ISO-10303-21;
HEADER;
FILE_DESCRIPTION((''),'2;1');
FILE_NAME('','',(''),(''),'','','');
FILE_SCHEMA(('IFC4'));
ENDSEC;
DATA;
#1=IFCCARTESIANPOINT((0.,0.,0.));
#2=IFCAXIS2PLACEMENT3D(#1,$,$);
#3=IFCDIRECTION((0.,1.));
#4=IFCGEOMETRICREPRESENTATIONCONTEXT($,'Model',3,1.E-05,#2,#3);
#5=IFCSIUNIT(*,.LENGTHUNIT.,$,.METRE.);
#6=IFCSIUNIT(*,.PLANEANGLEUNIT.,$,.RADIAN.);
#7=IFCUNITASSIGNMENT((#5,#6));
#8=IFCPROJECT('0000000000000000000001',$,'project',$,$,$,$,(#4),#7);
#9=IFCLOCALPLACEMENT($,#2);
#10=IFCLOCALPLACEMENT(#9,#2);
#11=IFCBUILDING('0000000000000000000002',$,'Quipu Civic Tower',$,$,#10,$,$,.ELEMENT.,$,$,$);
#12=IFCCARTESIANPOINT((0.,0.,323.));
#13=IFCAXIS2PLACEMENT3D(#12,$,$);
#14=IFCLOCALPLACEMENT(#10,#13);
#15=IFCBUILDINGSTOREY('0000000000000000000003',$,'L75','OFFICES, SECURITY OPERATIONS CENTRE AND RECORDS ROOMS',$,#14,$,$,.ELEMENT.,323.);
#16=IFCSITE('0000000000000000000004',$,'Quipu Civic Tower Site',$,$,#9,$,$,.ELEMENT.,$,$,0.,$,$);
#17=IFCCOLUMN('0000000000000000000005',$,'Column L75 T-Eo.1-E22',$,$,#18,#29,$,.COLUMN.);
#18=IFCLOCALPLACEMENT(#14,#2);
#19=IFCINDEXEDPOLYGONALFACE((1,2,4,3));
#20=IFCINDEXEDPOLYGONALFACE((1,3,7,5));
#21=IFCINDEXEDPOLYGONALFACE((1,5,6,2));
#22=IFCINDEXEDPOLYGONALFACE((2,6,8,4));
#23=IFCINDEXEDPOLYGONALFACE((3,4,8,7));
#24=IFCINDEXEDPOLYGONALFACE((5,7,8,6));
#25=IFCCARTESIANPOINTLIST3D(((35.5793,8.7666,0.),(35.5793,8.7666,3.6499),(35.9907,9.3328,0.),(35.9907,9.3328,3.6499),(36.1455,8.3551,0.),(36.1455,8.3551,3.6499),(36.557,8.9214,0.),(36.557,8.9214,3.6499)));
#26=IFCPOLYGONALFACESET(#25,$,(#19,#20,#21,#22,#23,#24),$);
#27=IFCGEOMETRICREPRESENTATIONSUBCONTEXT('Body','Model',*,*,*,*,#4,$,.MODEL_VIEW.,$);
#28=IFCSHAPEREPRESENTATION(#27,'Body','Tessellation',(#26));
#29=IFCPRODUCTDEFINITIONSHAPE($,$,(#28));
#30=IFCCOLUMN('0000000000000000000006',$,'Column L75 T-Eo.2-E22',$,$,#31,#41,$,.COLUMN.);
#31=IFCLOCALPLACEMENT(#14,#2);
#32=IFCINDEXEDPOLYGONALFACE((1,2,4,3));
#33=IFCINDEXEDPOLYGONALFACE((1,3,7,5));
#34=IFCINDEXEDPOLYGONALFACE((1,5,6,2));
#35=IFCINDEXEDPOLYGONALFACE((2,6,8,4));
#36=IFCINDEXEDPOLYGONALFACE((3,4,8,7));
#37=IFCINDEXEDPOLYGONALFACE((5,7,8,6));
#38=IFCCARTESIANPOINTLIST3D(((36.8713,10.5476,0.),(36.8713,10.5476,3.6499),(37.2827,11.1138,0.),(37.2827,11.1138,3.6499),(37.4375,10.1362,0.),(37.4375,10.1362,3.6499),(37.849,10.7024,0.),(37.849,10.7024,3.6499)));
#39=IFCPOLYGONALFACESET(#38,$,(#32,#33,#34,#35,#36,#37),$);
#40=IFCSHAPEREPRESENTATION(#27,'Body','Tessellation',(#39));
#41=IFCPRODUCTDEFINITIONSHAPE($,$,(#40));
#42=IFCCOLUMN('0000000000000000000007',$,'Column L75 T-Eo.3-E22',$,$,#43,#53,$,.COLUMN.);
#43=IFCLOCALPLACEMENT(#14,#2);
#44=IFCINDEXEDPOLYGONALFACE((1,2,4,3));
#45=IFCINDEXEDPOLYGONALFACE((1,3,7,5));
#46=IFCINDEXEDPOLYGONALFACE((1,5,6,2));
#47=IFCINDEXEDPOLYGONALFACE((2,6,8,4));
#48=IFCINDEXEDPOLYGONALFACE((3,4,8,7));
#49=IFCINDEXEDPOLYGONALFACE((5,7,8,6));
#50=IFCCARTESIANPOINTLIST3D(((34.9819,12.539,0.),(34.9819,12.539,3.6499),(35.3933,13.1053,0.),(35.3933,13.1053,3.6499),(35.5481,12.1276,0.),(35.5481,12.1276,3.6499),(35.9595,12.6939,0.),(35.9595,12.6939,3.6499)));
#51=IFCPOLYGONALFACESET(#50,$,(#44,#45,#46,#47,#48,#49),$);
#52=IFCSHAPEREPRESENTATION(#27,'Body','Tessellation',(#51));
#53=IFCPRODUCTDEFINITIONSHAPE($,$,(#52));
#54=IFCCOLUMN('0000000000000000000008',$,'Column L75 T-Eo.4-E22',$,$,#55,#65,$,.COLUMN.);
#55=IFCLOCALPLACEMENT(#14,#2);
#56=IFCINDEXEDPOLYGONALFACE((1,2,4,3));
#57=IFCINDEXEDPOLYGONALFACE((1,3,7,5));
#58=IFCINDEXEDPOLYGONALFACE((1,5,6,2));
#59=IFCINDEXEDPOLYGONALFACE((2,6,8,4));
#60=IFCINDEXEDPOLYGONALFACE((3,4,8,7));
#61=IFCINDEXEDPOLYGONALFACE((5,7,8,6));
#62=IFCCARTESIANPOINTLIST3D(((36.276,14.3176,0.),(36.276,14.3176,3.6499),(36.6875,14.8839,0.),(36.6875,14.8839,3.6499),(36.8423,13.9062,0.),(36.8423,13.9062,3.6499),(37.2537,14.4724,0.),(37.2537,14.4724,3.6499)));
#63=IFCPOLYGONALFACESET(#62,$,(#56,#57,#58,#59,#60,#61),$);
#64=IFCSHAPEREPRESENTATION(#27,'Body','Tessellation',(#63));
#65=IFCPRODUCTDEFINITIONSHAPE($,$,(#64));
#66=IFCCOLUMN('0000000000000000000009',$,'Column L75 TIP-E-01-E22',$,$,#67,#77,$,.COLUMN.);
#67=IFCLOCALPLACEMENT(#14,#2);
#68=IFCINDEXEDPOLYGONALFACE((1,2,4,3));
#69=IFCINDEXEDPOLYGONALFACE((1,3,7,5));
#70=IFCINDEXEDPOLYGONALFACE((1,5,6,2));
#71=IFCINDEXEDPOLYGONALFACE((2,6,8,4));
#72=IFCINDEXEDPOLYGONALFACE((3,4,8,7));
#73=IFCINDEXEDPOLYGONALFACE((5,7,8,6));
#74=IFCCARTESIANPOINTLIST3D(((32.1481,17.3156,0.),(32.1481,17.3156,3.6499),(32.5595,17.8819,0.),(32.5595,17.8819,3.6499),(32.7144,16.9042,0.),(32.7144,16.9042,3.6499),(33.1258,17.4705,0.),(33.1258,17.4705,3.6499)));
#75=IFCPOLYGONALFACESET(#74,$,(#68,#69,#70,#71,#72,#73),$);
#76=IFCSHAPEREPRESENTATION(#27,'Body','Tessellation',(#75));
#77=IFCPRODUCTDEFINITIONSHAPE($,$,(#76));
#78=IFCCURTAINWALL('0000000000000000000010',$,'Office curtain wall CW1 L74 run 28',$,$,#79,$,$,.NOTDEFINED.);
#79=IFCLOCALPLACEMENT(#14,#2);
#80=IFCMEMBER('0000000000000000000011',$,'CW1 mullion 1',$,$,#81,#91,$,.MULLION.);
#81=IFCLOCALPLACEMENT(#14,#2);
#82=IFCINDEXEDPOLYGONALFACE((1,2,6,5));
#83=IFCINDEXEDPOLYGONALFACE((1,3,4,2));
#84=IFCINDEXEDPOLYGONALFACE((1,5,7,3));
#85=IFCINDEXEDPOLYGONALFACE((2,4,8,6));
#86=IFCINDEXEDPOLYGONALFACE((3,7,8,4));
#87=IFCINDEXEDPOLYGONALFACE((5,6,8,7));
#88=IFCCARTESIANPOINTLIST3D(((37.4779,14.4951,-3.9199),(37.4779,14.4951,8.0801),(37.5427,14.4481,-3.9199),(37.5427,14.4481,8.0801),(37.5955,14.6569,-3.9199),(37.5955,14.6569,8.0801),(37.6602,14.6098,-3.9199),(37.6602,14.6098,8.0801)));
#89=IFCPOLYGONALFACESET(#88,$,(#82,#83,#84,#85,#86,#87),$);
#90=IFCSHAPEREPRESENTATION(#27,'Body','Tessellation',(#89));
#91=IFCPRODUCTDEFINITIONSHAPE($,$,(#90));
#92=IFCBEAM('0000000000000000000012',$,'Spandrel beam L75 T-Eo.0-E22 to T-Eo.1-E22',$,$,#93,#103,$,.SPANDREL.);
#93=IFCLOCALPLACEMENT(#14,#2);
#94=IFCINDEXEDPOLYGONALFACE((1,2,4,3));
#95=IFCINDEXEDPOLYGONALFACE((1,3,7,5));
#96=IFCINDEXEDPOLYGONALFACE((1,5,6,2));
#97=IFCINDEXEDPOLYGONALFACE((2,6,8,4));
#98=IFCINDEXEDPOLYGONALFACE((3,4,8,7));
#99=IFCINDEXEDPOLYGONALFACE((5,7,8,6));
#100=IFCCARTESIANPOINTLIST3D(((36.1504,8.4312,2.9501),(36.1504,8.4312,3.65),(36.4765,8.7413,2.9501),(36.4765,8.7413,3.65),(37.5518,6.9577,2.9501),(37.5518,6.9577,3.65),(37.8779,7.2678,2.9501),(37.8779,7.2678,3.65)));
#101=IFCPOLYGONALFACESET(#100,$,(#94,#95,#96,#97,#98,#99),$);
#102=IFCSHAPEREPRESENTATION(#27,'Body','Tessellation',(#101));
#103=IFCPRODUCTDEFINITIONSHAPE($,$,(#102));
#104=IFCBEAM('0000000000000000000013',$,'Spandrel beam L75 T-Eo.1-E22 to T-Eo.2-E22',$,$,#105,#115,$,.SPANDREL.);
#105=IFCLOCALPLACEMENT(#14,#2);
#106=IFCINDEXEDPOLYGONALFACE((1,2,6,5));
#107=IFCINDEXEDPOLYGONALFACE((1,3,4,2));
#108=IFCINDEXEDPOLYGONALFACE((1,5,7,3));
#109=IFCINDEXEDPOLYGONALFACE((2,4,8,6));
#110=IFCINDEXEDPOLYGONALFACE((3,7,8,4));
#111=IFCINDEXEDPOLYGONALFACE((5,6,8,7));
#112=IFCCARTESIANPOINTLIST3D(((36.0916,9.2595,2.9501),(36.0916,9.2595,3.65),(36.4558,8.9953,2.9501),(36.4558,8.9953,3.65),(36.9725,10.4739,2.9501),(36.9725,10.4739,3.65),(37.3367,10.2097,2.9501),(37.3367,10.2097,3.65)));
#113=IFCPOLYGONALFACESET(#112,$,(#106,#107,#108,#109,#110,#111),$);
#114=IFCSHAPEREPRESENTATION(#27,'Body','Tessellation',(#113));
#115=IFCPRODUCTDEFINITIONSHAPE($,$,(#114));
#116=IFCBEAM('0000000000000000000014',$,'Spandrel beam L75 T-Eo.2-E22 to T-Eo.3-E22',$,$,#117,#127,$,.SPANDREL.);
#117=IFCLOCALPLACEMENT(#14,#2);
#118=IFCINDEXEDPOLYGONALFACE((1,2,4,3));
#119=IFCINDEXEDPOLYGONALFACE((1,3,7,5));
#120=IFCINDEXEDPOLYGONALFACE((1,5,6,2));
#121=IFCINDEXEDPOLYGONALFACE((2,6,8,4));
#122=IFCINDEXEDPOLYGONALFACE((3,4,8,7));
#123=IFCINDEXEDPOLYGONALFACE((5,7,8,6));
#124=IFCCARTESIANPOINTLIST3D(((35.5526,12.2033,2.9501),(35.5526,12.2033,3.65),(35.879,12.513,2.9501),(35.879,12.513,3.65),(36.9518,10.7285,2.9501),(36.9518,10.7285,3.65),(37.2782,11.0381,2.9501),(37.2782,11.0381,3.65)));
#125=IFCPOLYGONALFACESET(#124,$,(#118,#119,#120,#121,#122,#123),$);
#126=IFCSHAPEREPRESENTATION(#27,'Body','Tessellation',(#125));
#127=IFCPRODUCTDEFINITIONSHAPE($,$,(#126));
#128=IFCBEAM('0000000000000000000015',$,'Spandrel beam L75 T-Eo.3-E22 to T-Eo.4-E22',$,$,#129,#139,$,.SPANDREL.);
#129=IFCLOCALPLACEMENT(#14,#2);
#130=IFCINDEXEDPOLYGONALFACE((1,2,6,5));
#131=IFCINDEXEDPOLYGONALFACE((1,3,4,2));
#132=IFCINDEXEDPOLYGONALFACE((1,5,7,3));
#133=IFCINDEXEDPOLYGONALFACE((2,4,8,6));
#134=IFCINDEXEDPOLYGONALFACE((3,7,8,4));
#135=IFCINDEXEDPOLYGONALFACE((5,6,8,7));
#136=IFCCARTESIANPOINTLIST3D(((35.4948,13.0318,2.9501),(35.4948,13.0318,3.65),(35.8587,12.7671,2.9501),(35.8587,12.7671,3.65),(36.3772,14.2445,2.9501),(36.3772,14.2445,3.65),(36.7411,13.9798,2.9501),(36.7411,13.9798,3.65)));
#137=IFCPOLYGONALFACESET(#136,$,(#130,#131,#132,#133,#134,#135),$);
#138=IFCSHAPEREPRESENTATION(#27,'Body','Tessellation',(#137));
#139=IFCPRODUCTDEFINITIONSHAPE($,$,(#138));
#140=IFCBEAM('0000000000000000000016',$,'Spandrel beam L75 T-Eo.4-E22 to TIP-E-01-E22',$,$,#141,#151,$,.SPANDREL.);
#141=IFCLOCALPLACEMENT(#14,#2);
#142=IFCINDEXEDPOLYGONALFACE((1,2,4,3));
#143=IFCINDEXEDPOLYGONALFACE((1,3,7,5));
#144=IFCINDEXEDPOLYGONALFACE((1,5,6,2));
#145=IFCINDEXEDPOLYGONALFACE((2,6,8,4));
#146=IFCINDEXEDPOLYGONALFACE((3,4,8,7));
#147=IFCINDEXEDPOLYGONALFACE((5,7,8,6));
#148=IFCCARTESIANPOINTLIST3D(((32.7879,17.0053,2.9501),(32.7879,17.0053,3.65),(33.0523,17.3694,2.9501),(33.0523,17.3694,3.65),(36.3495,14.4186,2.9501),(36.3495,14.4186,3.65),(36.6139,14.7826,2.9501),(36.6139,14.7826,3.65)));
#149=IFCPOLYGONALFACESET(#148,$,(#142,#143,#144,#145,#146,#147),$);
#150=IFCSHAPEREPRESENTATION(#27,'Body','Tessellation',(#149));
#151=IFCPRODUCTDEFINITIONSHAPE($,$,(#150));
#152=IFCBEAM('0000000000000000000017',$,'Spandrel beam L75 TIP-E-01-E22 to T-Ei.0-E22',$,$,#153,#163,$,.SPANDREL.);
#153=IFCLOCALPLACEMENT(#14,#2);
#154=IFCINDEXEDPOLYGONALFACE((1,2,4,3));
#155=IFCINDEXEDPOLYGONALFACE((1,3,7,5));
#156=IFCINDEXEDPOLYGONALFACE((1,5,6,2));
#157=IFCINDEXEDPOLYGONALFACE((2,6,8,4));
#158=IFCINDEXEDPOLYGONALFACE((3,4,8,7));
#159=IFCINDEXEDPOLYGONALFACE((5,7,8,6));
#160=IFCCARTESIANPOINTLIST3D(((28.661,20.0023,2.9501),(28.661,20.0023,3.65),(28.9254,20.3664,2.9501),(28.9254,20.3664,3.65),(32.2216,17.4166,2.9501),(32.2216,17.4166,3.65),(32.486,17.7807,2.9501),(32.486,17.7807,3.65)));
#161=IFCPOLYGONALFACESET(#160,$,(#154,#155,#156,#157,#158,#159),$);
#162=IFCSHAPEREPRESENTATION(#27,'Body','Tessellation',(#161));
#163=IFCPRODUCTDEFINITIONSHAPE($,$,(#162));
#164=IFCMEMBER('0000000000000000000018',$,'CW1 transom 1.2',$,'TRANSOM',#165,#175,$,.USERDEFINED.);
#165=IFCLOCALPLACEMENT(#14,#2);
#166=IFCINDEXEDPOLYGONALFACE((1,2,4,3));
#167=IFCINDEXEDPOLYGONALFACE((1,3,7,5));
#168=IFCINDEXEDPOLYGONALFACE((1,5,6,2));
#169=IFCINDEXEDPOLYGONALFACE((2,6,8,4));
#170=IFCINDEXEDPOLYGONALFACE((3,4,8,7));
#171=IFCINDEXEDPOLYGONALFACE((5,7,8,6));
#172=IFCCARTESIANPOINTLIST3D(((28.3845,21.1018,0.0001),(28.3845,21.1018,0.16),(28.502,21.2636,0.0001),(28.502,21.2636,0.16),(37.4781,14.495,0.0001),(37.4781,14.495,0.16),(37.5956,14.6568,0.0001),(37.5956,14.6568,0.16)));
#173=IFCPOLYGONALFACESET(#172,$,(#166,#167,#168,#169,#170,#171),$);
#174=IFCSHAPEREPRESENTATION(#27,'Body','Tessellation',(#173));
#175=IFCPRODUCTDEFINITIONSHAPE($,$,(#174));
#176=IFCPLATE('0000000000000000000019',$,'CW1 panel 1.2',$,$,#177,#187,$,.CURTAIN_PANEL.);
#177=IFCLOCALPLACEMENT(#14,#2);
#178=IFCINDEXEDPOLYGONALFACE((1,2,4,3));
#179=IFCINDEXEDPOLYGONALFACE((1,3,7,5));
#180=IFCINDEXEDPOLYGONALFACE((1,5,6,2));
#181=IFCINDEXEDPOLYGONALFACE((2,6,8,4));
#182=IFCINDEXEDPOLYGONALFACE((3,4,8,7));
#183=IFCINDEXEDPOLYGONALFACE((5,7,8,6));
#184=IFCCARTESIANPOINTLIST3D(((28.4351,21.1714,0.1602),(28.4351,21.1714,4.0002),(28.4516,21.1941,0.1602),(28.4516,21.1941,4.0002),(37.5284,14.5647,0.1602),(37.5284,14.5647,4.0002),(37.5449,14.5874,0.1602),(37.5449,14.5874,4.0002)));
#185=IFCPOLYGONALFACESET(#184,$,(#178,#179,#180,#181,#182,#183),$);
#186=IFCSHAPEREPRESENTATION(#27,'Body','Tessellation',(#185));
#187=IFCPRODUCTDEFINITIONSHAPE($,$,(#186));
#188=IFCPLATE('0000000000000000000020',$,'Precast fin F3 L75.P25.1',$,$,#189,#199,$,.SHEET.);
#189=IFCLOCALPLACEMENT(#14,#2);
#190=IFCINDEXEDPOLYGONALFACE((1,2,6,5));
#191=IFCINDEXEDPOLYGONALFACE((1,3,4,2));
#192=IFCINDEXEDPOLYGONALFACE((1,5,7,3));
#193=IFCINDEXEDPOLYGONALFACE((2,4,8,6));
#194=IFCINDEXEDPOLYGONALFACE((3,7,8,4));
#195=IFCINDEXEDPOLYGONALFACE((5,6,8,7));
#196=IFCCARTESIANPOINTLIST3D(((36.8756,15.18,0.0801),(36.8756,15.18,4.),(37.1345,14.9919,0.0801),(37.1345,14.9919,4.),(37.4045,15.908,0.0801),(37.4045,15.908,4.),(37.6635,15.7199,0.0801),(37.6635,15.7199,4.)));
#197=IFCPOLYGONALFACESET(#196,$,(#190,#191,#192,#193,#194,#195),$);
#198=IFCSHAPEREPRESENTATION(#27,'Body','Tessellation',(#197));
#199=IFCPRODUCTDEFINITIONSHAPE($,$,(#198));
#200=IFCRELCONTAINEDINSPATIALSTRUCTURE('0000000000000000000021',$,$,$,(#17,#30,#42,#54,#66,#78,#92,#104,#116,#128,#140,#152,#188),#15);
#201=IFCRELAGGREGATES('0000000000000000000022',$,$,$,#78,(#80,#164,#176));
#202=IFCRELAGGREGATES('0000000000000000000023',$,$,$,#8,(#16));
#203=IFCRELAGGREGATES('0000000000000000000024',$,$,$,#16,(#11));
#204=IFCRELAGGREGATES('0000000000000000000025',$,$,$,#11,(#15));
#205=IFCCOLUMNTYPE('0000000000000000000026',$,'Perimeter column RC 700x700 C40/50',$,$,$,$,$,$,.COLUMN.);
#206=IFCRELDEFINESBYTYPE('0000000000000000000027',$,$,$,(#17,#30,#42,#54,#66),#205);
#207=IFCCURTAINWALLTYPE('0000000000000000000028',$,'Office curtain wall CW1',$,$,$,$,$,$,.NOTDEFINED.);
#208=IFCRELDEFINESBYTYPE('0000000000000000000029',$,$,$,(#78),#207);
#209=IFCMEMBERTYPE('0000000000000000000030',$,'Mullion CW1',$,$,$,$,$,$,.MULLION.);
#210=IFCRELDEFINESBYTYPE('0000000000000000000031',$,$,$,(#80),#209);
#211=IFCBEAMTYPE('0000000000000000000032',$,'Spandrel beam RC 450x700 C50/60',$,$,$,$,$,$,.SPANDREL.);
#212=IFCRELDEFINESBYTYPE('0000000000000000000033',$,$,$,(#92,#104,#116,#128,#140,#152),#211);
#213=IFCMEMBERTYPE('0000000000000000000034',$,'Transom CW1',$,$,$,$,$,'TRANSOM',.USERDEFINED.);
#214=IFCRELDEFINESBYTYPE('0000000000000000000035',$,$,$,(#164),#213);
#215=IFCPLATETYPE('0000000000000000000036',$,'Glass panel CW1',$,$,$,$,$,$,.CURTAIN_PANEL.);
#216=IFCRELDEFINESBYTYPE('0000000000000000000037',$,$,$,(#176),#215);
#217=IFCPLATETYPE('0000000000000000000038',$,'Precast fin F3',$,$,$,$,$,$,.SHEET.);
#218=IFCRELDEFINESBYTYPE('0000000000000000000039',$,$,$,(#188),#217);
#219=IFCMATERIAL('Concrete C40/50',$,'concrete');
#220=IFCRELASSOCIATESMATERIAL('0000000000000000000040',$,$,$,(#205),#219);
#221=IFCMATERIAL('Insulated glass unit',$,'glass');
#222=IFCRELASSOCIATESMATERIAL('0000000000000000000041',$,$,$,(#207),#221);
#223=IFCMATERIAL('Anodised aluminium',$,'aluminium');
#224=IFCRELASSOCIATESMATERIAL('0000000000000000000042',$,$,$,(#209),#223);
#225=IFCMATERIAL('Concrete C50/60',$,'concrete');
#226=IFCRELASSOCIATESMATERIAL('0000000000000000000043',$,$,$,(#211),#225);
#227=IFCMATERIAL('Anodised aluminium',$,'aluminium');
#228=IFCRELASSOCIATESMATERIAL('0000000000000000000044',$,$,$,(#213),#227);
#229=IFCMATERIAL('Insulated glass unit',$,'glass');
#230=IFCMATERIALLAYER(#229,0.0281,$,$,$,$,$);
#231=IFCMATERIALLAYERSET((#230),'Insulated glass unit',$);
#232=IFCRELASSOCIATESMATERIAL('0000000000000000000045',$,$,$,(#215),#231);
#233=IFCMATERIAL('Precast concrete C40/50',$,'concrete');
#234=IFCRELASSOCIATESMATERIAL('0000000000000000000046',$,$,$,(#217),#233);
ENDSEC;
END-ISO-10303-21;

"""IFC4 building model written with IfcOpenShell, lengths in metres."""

from ifc_helpers import new_model, si_unit, direction, frame, origin, origin_2d, place, context, subcontext, project, spatial, rectangle, extrude, material, layer, layer_set, material_profile, profile_set, type_object, element, aggregate, save


model = new_model("IFC4")

# Units and contexts
model_context = context("Model", 3, precision=1e-05, world=origin(), true_north=direction((0.0, 1.0)))
body_context = subcontext(model_context, "Body", "Model", "MODEL_VIEW")
ifc_project = project(units=[si_unit("LENGTHUNIT", "METRE"), si_unit("PLANEANGLEUNIT", "RADIAN")], contexts=[model_context])

# Site, building, storey
site_placement = place(None, origin())
site = spatial("IfcSite", under=ifc_project, at=site_placement, Name="Quipu Civic Tower Site", CompositionType="ELEMENT", RefElevation=0.0)
building_placement = place(site_placement, origin())
building = spatial("IfcBuilding", under=site, at=building_placement, Name="Quipu Civic Tower", CompositionType="ELEMENT")
storey_placement = place(building_placement, frame((0.0, 0.0, 323.0)))
storey = spatial("IfcBuildingStorey", under=building, at=storey_placement, Name="L75", Description="OFFICES, SECURITY OPERATIONS CENTRE AND RECORDS ROOMS", CompositionType="ELEMENT", Elevation=323.0)

# Columns
ifc_material_1 = material(Name="Concrete C40/50", Category="concrete")
ifc_material_profile_1 = material_profile(ifc_material_1, rectangle(XDim=0.7, YDim=0.7, at=origin_2d()), Name="RC700x700")
ifc_profile_set_1 = profile_set([ifc_material_profile_1], Name="Concrete C40/50")
column_type = type_object("IfcColumnType", Name="Perimeter column RC 700x700 C40/50", PredefinedType="COLUMN", material=ifc_profile_set_1)
for number, where, z_axis, x_axis, name in (
    (1, (36.0681, 8.844, 0.0), (0.0, 0.0, 1.0), (0.587785, 0.809017, 0.0), "Column L75 T-Eo.1-E22"),
    (2, (37.3601, 10.625, 0.0), (0.0, 0.0, 1.0), (0.587785, 0.809017, 0.0), "Column L75 T-Eo.2-E22"),
    (3, (35.4707, 12.6165, 0.0), (0.0, 0.0, 1.0), (-0.809017, 0.587785, 0.0), "Column L75 T-Eo.3-E22"),
    (4, (36.7649, 14.395, 0.0), (0.0, 0.0, 1.0), (-0.809017, 0.587785, 0.0), "Column L75 T-Eo.4-E22"),
    (5, (32.637, 17.3931, 0.0), (0.0, 0.0, 1.0), (-0.809017, 0.587785, 0.0), "Column L75 TIP-E-01-E22"),
):
    element("IfcColumn", number, at=place(storey_placement, frame(where, z_axis=z_axis, x_axis=x_axis)), inside=storey, type_object=column_type, Name=name, PredefinedType="COLUMN", context=body_context, shape_type="SweptSolid", body=[
        extrude(rectangle(XDim=0.7, YDim=0.7, at=origin_2d()), origin(), (0.0, 0.0, 1.0), 3.6499),
    ])

# Curtain wall, member
ifc_material_2 = material(Name="Insulated glass unit", Category="glass")
curtain_wall_type = type_object("IfcCurtainWallType", Name="Office curtain wall CW1", PredefinedType="NOTDEFINED", material=ifc_material_2)
curtain_wall_placement = place(storey_placement, origin())
curtain_wall = element("IfcCurtainWall", 6, at=curtain_wall_placement, inside=storey, type_object=curtain_wall_type, Name="Office curtain wall CW1 L74 run 28", PredefinedType="NOTDEFINED")
ifc_material_3 = material(Name="Anodised aluminium", Category="aluminium")
ifc_material_profile_2 = material_profile(ifc_material_3, rectangle(XDim=0.2, YDim=0.0801, at=origin_2d()), Name="RECT 200x80")
ifc_profile_set_2 = profile_set([ifc_material_profile_2], Name="Anodised aluminium")
member_type_1 = type_object("IfcMemberType", Name="Mullion CW1", PredefinedType="MULLION", material=ifc_profile_set_2)
member_1_placement = place(storey_placement, frame((37.5691, 14.5525, -3.9199), z_axis=(0.0, 0.0, 1.0), x_axis=(-0.587788, -0.809015, 0.0)))
member_1 = element("IfcMember", 7, at=member_1_placement, type_object=member_type_1, Name="CW1 mullion 1", PredefinedType="MULLION", context=body_context, shape_type="SweptSolid", body=[
    extrude(rectangle(XDim=0.2, YDim=0.0801, at=origin_2d()), origin(), (0.0, 0.0, 1.0), 12.0),
])

# Beams
ifc_material_4 = material(Name="Concrete C50/60", Category="concrete")
ifc_material_profile_3 = material_profile(ifc_material_4, rectangle(XDim=0.45, YDim=0.7, at=origin_2d()), Name="RC450x700")
ifc_profile_set_3 = profile_set([ifc_material_profile_3], Name="Concrete C50/60")
beam_type = type_object("IfcBeamType", Name="Spandrel beam RC 450x700 C50/60", PredefinedType="SPANDREL", material=ifc_profile_set_3)
beam_1_placement = place(storey_placement, frame((37.7148, 7.1128, 3.3), z_axis=(-0.689175, 0.724595, 0.0), x_axis=(-0.724595, -0.689175, 0.0)))
element("IfcBeam", 8, at=beam_1_placement, inside=storey, type_object=beam_type, Name="Spandrel beam L75 T-Eo.0-E22 to T-Eo.1-E22", PredefinedType="SPANDREL", context=body_context, shape_type="SweptSolid", body=[
    extrude(rectangle(XDim=0.45, YDim=0.7, at=origin_2d()), origin(), (0.0, 0.0, 1.0), 2.0334),
])
beam_2_placement = place(storey_placement, frame((36.2737, 9.1274, 3.3), z_axis=(0.587165, 0.809467, 0.0), x_axis=(-0.809467, 0.587165, 0.0)))
element("IfcBeam", 9, at=beam_2_placement, inside=storey, type_object=beam_type, Name="Spandrel beam L75 T-Eo.1-E22 to T-Eo.2-E22", PredefinedType="SPANDREL", context=body_context, shape_type="SweptSolid", body=[
    extrude(rectangle(XDim=0.45, YDim=0.7, at=origin_2d()), origin(), (0.0, 0.0, 1.0), 1.5002),
])
beam_3_placement = place(storey_placement, frame((37.115, 10.8833, 3.3), z_axis=(-0.688247, 0.725476, 0.0), x_axis=(-0.725476, -0.688247, 0.0)))
element("IfcBeam", 10, at=beam_3_placement, inside=storey, type_object=beam_type, Name="Spandrel beam L75 T-Eo.2-E22 to T-Eo.3-E22", PredefinedType="SPANDREL", context=body_context, shape_type="SweptSolid", body=[
    extrude(rectangle(XDim=0.45, YDim=0.7, at=origin_2d()), origin(), (0.0, 0.0, 1.0), 2.033),
])
beam_4_placement = place(storey_placement, frame((35.6768, 12.8994, 3.3), z_axis=(0.588346, 0.808609, 0.0), x_axis=(-0.808609, 0.588346, 0.0)))
element("IfcBeam", 11, at=beam_4_placement, inside=storey, type_object=beam_type, Name="Spandrel beam L75 T-Eo.3-E22 to T-Eo.4-E22", PredefinedType="SPANDREL", context=body_context, shape_type="SweptSolid", body=[
    extrude(rectangle(XDim=0.45, YDim=0.7, at=origin_2d()), origin(), (0.0, 0.0, 1.0), 1.4998),
])
beam_5_placement = place(storey_placement, frame((36.4817, 14.6006, 3.3), z_axis=(-0.809117, 0.587647, 0.0), x_axis=(-0.587647, -0.809117, 0.0)))
element("IfcBeam", 12, at=beam_5_placement, inside=storey, type_object=beam_type, Name="Spandrel beam L75 T-Eo.4-E22 to TIP-E-01-E22", PredefinedType="SPANDREL", context=body_context, shape_type="SweptSolid", body=[
    extrude(rectangle(XDim=0.45, YDim=0.7, at=origin_2d()), origin(), (0.0, 0.0, 1.0), 4.4019),
])
beam_6_placement = place(storey_placement, frame((32.3538, 17.5986, 3.3), z_axis=(-0.809146, 0.587607, 0.0), x_axis=(-0.587607, -0.809146, 0.0)))
element("IfcBeam", 13, at=beam_6_placement, inside=storey, type_object=beam_type, Name="Spandrel beam L75 TIP-E-01-E22 to T-Ei.0-E22", PredefinedType="SPANDREL", context=body_context, shape_type="SweptSolid", body=[
    extrude(rectangle(XDim=0.45, YDim=0.7, at=origin_2d()), origin(), (0.0, 0.0, 1.0), 4.4004),
])

# Member
ifc_material_5 = material(Name="Anodised aluminium", Category="aluminium")
ifc_material_profile_4 = material_profile(ifc_material_5, rectangle(XDim=0.2, YDim=0.1599, at=origin_2d()), Name="RECT 200x160")
ifc_profile_set_4 = profile_set([ifc_material_profile_4], Name="Anodised aluminium")
member_type_2 = type_object("IfcMemberType", Name="Transom CW1", ElementType="TRANSOM", PredefinedType="USERDEFINED", material=ifc_profile_set_4)
member_2_placement = place(storey_placement, frame((37.5369, 14.5759, 0.0801), z_axis=(-0.809022, 0.587778, 0.0), x_axis=(-0.587778, -0.809022, 0.0)))
member_2 = element("IfcMember", 14, at=member_2_placement, type_object=member_type_2, Name="CW1 transom 1.2", ObjectType="TRANSOM", PredefinedType="USERDEFINED", context=body_context, shape_type="SweptSolid", body=[
    extrude(rectangle(XDim=0.2, YDim=0.1599, at=origin_2d()), origin(), (0.0, 0.0, 1.0), 11.2402),
])

# Plate
ifc_material_6 = material(Name="Insulated glass unit", Category="glass")
ifc_layer = layer(ifc_material_6, 0.0281)
ifc_layer_set = layer_set([ifc_layer], Name="Insulated glass unit")
plate_type_1 = type_object("IfcPlateType", Name="Glass panel CW1", PredefinedType="CURTAIN_PANEL", material=ifc_layer_set)
plate_placement = place(storey_placement, frame((32.99, 17.8794, 0.1602), z_axis=(0.0, 0.0, 1.0), x_axis=(-0.809015, 0.587788, 0.0)))
plate = element("IfcPlate", 15, at=plate_placement, type_object=plate_type_1, Name="CW1 panel 1.2", PredefinedType="CURTAIN_PANEL", context=body_context, shape_type="SweptSolid", body=[
    extrude(rectangle(XDim=11.24, YDim=0.0281, at=origin_2d()), origin(), (0.0, 0.0, 1.0), 3.8401),
])
aggregate(curtain_wall, [member_1, member_2, plate])

# Plate
ifc_material_7 = material(Name="Precast concrete C40/50", Category="concrete")
plate_type_2 = type_object("IfcPlateType", Name="Precast fin F3", PredefinedType="SHEET", material=ifc_material_7)
for number, where, z_axis, x_axis, name in (
    (16, (37.2695, 15.45, 0.0801), (0.0, 0.0, 1.0), (-0.809017, 0.587785, 0.0), "Precast fin F3 L75.P25.1"),
):
    element("IfcPlate", number, at=place(storey_placement, frame(where, z_axis=z_axis, x_axis=x_axis)), inside=storey, type_object=plate_type_2, Name=name, PredefinedType="SHEET", context=body_context, shape_type="SweptSolid", body=[
        extrude(rectangle(XDim=0.3201, YDim=0.8999, at=origin_2d()), origin(), (0.0, 0.0, 1.0), 3.9199),
    ])

save(model, "model.ifc")
